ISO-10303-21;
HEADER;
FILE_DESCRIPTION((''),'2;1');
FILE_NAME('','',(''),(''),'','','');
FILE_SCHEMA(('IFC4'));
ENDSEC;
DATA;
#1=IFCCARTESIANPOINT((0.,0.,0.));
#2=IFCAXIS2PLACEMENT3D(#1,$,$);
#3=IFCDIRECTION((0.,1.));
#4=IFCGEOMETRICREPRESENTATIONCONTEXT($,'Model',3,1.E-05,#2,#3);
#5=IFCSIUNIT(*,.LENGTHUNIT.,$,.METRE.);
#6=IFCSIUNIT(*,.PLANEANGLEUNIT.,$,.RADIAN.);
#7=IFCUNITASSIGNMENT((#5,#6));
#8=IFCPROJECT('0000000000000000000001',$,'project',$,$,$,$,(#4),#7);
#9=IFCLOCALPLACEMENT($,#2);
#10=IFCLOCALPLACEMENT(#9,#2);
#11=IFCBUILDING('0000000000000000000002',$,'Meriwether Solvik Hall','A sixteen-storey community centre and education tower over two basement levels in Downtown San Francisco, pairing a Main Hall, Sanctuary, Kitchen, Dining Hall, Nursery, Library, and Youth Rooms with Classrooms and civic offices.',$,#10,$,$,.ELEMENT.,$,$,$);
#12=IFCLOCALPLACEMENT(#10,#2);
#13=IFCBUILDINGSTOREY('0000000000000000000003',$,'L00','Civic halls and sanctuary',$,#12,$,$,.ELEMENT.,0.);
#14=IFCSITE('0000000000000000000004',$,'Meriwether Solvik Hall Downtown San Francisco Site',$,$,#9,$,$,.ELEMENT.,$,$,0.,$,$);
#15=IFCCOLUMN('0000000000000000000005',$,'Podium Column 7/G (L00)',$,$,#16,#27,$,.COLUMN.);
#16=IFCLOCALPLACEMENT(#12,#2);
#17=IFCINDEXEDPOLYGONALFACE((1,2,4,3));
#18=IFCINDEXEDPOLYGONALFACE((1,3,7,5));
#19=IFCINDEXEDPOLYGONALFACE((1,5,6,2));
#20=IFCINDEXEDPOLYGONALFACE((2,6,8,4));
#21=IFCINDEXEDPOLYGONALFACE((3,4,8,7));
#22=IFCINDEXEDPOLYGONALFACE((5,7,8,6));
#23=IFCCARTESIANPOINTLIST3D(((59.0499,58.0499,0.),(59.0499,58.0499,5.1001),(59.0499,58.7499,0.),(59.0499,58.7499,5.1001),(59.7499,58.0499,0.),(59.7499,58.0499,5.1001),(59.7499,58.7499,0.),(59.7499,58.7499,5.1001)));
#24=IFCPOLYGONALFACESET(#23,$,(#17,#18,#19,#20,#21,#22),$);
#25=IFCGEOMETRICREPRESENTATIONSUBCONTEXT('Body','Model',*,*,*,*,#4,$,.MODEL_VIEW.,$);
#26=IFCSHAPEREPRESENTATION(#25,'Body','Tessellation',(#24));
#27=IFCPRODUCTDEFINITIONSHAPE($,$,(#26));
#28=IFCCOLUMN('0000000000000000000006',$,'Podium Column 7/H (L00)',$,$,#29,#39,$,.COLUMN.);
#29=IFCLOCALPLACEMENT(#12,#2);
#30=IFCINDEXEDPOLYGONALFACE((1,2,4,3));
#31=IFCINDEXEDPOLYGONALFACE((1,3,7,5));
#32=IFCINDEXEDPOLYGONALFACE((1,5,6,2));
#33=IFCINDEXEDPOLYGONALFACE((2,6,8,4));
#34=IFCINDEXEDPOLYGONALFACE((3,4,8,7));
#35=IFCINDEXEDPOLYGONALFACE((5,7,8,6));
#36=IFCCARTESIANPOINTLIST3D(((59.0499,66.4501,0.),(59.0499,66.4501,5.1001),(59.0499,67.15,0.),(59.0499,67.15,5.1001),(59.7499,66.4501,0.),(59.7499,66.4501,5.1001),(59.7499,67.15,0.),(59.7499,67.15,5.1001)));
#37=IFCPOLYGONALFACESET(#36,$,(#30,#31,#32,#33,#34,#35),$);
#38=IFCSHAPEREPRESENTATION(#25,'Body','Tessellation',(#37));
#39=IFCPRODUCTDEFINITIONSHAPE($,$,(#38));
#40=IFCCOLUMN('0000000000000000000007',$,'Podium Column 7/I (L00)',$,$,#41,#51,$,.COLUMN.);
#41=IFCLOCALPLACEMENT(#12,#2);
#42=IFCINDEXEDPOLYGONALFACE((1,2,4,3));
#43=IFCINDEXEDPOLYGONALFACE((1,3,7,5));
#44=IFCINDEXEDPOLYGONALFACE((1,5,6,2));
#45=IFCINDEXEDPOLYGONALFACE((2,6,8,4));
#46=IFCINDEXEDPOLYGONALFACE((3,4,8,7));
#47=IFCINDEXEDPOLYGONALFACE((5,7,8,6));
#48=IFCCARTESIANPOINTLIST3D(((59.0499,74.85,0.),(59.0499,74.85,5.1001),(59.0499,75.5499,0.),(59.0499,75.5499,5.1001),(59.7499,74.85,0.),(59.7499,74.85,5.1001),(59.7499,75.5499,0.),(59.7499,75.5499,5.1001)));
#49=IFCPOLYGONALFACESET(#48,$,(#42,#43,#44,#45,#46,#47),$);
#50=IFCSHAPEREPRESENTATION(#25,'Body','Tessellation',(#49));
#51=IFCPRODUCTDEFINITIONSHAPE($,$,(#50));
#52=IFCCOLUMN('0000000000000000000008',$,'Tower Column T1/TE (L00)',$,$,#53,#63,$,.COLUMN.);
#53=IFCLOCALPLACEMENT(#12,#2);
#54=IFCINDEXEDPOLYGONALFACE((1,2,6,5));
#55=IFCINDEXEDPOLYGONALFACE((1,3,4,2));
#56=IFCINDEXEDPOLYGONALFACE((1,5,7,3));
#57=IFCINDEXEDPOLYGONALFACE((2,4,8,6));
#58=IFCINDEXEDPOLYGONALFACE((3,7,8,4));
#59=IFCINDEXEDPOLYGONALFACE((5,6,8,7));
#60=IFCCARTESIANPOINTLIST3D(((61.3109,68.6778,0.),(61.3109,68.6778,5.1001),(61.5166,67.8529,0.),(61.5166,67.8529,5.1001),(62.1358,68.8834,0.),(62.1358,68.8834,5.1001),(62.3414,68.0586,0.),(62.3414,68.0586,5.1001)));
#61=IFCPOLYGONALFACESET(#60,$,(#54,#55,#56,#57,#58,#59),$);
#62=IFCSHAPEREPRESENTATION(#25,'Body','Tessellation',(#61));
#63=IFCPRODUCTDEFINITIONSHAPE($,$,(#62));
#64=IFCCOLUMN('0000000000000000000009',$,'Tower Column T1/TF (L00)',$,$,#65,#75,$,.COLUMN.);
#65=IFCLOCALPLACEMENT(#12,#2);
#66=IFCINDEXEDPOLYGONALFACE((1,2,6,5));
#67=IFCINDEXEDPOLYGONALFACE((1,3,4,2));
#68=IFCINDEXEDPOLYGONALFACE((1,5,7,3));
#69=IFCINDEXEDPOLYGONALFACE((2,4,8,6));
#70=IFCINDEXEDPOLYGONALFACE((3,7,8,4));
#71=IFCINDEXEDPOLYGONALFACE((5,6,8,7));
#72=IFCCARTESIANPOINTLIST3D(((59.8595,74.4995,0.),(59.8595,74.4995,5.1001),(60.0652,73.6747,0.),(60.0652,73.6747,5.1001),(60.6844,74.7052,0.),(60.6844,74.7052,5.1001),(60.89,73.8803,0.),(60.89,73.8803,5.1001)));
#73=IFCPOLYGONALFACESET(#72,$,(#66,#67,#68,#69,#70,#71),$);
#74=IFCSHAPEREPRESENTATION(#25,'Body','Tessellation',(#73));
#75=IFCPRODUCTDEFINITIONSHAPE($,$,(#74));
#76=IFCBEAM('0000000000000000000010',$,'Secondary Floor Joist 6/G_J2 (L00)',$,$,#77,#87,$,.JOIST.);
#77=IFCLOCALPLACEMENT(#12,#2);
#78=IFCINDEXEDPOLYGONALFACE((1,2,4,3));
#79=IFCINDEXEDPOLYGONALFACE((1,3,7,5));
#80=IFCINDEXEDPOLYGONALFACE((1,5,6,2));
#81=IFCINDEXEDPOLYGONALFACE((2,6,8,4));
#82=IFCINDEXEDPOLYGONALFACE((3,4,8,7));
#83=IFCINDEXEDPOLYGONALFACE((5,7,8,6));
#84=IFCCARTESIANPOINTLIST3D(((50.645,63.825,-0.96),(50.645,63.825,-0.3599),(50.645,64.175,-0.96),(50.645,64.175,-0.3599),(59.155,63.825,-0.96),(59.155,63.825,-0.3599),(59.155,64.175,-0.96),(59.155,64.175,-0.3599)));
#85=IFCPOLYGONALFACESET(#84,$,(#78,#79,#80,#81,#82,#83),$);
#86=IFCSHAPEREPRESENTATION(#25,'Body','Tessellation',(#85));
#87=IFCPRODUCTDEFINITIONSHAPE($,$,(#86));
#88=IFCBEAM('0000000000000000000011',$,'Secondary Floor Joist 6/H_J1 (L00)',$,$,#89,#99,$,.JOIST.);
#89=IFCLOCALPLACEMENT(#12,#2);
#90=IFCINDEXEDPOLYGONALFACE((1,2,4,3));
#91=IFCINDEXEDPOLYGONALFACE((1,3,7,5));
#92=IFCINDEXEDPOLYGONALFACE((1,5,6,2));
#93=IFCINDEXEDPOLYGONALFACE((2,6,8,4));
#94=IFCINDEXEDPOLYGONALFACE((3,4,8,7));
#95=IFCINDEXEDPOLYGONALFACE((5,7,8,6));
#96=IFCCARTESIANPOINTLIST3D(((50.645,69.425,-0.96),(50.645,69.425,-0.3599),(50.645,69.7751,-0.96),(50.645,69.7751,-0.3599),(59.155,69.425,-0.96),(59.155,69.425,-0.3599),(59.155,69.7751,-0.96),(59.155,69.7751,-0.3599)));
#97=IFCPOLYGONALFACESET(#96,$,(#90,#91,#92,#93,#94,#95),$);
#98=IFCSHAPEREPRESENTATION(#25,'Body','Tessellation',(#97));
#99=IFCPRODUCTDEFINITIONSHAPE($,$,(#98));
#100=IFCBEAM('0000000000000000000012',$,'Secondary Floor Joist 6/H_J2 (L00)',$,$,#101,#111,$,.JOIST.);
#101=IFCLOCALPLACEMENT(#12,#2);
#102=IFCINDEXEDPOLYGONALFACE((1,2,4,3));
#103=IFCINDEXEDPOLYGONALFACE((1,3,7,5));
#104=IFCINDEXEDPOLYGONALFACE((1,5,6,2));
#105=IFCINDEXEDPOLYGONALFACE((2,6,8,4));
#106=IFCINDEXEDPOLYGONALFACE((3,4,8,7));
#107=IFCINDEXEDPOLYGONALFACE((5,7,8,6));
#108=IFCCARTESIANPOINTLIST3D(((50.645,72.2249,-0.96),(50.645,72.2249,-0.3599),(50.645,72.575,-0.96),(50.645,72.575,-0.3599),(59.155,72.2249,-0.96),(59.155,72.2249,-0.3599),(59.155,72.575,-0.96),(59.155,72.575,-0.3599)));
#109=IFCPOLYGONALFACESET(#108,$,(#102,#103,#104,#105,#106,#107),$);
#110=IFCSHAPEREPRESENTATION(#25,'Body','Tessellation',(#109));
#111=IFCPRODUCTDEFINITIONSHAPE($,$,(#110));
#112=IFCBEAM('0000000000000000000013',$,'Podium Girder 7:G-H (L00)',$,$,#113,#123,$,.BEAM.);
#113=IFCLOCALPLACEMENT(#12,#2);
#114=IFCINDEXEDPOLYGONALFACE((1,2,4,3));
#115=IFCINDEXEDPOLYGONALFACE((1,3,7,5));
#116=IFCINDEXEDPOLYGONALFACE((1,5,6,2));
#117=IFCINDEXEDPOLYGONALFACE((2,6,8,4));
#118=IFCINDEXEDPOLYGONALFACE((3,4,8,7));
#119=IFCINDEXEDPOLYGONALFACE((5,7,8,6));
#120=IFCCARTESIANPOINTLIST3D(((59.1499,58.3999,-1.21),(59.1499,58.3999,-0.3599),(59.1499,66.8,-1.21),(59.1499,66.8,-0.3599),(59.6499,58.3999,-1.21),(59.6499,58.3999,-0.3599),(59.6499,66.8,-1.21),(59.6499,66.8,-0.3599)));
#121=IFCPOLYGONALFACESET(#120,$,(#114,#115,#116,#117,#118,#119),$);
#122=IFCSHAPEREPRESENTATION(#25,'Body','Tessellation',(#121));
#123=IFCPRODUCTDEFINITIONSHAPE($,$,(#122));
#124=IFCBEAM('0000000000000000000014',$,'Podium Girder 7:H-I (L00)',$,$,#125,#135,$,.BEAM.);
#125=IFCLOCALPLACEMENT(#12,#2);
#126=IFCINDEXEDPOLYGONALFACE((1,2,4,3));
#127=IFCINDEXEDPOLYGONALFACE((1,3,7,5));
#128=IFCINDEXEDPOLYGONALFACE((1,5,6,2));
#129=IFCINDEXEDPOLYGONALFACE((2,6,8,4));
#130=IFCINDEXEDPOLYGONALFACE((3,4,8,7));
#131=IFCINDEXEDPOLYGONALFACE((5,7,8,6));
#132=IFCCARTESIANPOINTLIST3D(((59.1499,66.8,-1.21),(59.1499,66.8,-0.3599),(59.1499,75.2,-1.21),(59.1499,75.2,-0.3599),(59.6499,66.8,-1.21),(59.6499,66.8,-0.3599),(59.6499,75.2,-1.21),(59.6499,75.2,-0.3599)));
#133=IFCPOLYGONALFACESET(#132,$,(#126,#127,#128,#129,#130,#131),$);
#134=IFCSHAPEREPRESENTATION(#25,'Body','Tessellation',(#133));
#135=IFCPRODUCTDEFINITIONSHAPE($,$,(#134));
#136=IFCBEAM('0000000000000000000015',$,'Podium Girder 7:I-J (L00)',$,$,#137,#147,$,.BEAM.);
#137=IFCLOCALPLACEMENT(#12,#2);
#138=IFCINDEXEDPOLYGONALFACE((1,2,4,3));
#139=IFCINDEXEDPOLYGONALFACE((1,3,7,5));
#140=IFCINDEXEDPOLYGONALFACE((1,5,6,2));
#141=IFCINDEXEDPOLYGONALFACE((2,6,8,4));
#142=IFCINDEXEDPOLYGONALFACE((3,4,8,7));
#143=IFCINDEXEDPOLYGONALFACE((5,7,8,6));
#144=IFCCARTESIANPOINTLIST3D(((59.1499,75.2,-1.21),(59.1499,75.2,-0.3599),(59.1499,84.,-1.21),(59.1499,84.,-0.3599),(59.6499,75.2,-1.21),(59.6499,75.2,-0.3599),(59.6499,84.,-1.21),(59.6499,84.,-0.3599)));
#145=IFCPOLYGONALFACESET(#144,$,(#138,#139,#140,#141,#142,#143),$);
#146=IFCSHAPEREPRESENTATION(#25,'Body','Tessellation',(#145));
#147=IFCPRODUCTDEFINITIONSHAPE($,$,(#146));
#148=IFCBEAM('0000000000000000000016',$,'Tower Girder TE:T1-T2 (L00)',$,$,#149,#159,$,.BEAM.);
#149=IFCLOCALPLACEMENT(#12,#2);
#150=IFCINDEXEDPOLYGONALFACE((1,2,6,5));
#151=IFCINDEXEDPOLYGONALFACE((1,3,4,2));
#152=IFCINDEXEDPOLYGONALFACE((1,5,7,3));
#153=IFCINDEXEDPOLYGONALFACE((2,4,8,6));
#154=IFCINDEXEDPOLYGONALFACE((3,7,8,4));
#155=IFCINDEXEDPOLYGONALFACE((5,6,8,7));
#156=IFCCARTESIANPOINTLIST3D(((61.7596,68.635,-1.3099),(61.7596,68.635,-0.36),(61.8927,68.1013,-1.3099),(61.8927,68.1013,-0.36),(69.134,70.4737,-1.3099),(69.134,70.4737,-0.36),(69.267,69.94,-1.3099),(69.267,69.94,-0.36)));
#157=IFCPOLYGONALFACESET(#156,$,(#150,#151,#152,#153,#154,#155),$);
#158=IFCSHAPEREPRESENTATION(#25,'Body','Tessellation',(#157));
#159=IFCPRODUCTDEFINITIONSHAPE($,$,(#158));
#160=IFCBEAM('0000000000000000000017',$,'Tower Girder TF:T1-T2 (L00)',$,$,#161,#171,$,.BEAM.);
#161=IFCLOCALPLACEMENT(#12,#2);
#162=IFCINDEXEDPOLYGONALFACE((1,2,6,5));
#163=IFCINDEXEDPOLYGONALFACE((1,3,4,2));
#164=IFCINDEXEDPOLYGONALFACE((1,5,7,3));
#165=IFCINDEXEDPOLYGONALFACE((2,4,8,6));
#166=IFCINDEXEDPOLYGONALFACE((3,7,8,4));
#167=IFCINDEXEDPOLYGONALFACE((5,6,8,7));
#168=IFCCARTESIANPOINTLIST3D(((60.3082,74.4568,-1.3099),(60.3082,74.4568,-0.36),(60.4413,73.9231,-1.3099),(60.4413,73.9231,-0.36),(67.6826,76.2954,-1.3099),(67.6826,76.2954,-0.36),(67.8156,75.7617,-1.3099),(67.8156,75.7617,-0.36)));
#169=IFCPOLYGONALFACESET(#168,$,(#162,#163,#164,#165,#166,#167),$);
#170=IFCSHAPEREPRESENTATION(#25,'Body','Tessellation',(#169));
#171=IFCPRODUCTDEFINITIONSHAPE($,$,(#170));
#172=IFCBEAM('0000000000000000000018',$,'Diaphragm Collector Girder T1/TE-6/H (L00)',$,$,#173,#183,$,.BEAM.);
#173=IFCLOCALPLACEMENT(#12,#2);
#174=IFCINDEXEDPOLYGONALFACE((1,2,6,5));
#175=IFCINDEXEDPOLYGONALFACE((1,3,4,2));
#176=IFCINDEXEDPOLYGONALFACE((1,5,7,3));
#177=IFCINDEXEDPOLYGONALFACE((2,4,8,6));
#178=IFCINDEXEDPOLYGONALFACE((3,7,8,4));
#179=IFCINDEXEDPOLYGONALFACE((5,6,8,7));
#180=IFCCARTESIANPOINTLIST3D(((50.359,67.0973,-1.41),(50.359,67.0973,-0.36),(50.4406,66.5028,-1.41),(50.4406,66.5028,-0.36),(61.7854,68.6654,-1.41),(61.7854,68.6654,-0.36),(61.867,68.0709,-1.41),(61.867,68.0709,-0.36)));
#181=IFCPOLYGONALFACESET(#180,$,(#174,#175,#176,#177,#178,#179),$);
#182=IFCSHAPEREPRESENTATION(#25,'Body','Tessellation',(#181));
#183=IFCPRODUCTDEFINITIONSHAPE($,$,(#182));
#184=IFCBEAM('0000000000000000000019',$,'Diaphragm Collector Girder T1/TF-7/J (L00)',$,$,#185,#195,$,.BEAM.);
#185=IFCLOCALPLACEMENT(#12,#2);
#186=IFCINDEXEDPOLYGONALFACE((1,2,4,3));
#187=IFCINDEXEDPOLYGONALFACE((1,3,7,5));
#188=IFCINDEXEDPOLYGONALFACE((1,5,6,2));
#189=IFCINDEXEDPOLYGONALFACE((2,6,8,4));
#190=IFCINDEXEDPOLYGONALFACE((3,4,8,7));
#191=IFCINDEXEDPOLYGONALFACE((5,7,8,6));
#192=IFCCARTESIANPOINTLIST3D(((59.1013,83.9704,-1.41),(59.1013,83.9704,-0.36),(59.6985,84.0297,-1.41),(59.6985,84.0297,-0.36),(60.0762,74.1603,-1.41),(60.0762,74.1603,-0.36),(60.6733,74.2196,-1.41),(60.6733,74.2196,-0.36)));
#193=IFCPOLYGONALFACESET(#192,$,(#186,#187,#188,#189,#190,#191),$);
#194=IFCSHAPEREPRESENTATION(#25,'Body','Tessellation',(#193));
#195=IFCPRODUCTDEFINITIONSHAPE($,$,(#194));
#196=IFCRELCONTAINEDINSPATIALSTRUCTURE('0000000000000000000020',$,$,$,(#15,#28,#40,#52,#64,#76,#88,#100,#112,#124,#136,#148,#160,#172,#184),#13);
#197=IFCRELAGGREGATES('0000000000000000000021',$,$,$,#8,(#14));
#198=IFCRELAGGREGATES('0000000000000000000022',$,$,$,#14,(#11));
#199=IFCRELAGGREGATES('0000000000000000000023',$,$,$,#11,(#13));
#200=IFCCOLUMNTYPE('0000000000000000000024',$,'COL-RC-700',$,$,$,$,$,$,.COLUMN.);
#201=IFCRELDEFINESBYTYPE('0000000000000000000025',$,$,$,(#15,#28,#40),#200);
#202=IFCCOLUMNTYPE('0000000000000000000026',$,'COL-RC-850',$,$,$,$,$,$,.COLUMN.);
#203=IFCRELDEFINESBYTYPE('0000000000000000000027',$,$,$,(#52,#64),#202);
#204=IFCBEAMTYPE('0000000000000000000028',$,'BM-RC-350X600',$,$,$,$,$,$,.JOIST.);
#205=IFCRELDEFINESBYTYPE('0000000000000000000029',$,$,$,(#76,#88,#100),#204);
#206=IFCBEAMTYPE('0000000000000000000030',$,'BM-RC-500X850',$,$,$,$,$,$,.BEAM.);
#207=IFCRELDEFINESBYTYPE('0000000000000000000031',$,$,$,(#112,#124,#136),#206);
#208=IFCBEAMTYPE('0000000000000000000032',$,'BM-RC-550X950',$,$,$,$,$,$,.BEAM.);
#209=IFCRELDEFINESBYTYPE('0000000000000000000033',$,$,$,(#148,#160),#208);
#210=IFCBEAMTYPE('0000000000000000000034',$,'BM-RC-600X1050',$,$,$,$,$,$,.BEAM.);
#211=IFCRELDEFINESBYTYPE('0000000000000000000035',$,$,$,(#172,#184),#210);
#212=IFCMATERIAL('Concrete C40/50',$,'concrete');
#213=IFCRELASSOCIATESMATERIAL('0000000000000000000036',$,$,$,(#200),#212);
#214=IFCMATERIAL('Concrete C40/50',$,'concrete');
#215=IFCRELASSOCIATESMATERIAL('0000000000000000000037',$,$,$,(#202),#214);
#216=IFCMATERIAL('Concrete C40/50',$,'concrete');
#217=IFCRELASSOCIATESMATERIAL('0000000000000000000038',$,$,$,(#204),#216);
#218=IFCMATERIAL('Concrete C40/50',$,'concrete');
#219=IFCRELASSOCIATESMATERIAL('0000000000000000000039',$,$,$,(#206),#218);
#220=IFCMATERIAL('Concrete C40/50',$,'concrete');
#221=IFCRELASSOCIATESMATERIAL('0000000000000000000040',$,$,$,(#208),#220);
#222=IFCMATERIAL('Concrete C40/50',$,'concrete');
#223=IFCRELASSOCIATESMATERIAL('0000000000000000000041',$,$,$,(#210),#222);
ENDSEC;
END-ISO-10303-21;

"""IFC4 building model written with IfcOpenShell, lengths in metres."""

from ifc_helpers import new_model, si_unit, direction, frame, origin, origin_2d, place, context, subcontext, project, spatial, rectangle, extrude, material, material_profile, profile_set, type_object, element, save


model = new_model("IFC4")

# Units and contexts
model_context = context("Model", 3, precision=1e-05, world=origin(), true_north=direction((0.0, 1.0)))
body_context = subcontext(model_context, "Body", "Model", "MODEL_VIEW")
ifc_project = project(units=[si_unit("LENGTHUNIT", "METRE"), si_unit("PLANEANGLEUNIT", "RADIAN")], contexts=[model_context])

# Site, building, storey
site_placement = place(None, origin())
site = spatial("IfcSite", under=ifc_project, at=site_placement, Name="Meriwether Solvik Hall Downtown San Francisco Site", CompositionType="ELEMENT", RefElevation=0.0)
building_placement = place(site_placement, origin())
building = spatial("IfcBuilding", under=site, at=building_placement, Name="Meriwether Solvik Hall", Description="A sixteen-storey community centre and education tower over two basement levels in Downtown San Francisco, pairing a Main Hall, Sanctuary, Kitchen, Dining Hall, Nursery, Library, and Youth Rooms with Classrooms and civic offices.", CompositionType="ELEMENT")
storey_placement = place(building_placement, origin())
storey = spatial("IfcBuildingStorey", under=building, at=storey_placement, Name="L00", Description="Civic halls and sanctuary", CompositionType="ELEMENT", Elevation=0.0)

# Columns
ifc_material_1 = material(Name="Concrete C40/50", Category="concrete")
ifc_material_profile_1 = material_profile(ifc_material_1, rectangle(XDim=0.7, YDim=0.7, at=origin_2d()), Name="RCC-700X700")
ifc_profile_set_1 = profile_set([ifc_material_profile_1], Name="Concrete C40/50")
column_type_1 = type_object("IfcColumnType", Name="COL-RC-700", PredefinedType="COLUMN", material=ifc_profile_set_1)
for number, where, z_axis, x_axis, name in (
    (1, (59.3999, 58.3999, 0.0), (0.0, 0.0, 1.0), (1.0, 0.0, 0.0), "Podium Column 7/G (L00)"),
    (2, (59.3999, 66.8, 0.0), (0.0, 0.0, 1.0), (1.0, 0.0, 0.0), "Podium Column 7/H (L00)"),
    (3, (59.3999, 75.2, 0.0), (0.0, 0.0, 1.0), (1.0, 0.0, 0.0), "Podium Column 7/I (L00)"),
):
    element("IfcColumn", number, at=place(storey_placement, frame(where, z_axis=z_axis, x_axis=x_axis)), inside=storey, type_object=column_type_1, Name=name, PredefinedType="COLUMN", context=body_context, shape_type="SweptSolid", body=[
        extrude(rectangle(XDim=0.7, YDim=0.7, at=origin_2d()), origin(), (0.0, 0.0, 1.0), 5.1001),
    ])
ifc_material_2 = material(Name="Concrete C40/50", Category="concrete")
ifc_material_profile_2 = material_profile(ifc_material_2, rectangle(XDim=0.8501, YDim=0.8501, at=origin_2d()), Name="RCC-850X850")
ifc_profile_set_2 = profile_set([ifc_material_profile_2], Name="Concrete C40/50")
column_type_2 = type_object("IfcColumnType", Name="COL-RC-850", PredefinedType="COLUMN", material=ifc_profile_set_2)
for number, where, z_axis, x_axis, name in (
    (4, (61.8262, 68.3682, 0.0), (0.0, 0.0, 1.0), (0.970296, 0.241922, 0.0), "Tower Column T1/TE (L00)"),
    (5, (60.3748, 74.1899, 0.0), (0.0, 0.0, 1.0), (0.970296, 0.241922, 0.0), "Tower Column T1/TF (L00)"),
):
    element("IfcColumn", number, at=place(storey_placement, frame(where, z_axis=z_axis, x_axis=x_axis)), inside=storey, type_object=column_type_2, Name=name, PredefinedType="COLUMN", context=body_context, shape_type="SweptSolid", body=[
        extrude(rectangle(XDim=0.8501, YDim=0.8501, at=origin_2d()), origin(), (0.0, 0.0, 1.0), 5.1001),
    ])

# Beams
ifc_material_3 = material(Name="Concrete C40/50", Category="concrete")
ifc_material_profile_3 = material_profile(ifc_material_3, rectangle(XDim=0.3501, YDim=0.6001, at=origin_2d()), Name="RCB-350X600")
ifc_profile_set_3 = profile_set([ifc_material_profile_3], Name="Concrete C40/50")
beam_type_1 = type_object("IfcBeamType", Name="BM-RC-350X600", PredefinedType="JOIST", material=ifc_profile_set_3)
for number, where, z_axis, x_axis, name in (
    (6, (50.645, 64.0, -0.6599), (1.0, 0.0, 0.0), (0.0, 1.0, 0.0), "Secondary Floor Joist 6/G_J2 (L00)"),
    (7, (50.645, 69.6001, -0.6599), (1.0, 0.0, 0.0), (0.0, 1.0, 0.0), "Secondary Floor Joist 6/H_J1 (L00)"),
    (8, (50.645, 72.3999, -0.6599), (1.0, 0.0, 0.0), (0.0, 1.0, 0.0), "Secondary Floor Joist 6/H_J2 (L00)"),
):
    element("IfcBeam", number, at=place(storey_placement, frame(where, z_axis=z_axis, x_axis=x_axis)), inside=storey, type_object=beam_type_1, Name=name, PredefinedType="JOIST", context=body_context, shape_type="SweptSolid", body=[
        extrude(rectangle(XDim=0.3501, YDim=0.6001, at=origin_2d()), origin(), (0.0, 0.0, 1.0), 8.51),
    ])
ifc_material_4 = material(Name="Concrete C40/50", Category="concrete")
ifc_material_profile_4 = material_profile(ifc_material_4, rectangle(XDim=0.5, YDim=0.8501, at=origin_2d()), Name="RCB-500X850")
ifc_profile_set_4 = profile_set([ifc_material_profile_4], Name="Concrete C40/50")
beam_type_2 = type_object("IfcBeamType", Name="BM-RC-500X850", PredefinedType="BEAM", material=ifc_profile_set_4)
beam_1_placement = place(storey_placement, frame((59.3999, 58.3999, -0.7849), z_axis=(0.0, 1.0, 0.0), x_axis=(-1.0, 0.0, 0.0)))
element("IfcBeam", 9, at=beam_1_placement, inside=storey, type_object=beam_type_2, Name="Podium Girder 7:G-H (L00)", PredefinedType="BEAM", context=body_context, shape_type="SweptSolid", body=[
    extrude(rectangle(XDim=0.5, YDim=0.8501, at=origin_2d()), origin(), (0.0, 0.0, 1.0), 8.4001),
])
beam_2_placement = place(storey_placement, frame((59.3999, 66.8, -0.7849), z_axis=(0.0, 1.0, 0.0), x_axis=(-1.0, 0.0, 0.0)))
element("IfcBeam", 10, at=beam_2_placement, inside=storey, type_object=beam_type_2, Name="Podium Girder 7:H-I (L00)", PredefinedType="BEAM", context=body_context, shape_type="SweptSolid", body=[
    extrude(rectangle(XDim=0.5, YDim=0.8501, at=origin_2d()), origin(), (0.0, 0.0, 1.0), 8.3999),
])
beam_3_placement = place(storey_placement, frame((59.3999, 75.2, -0.7849), z_axis=(0.0, 1.0, 0.0), x_axis=(-1.0, 0.0, 0.0)))
element("IfcBeam", 11, at=beam_3_placement, inside=storey, type_object=beam_type_2, Name="Podium Girder 7:I-J (L00)", PredefinedType="BEAM", context=body_context, shape_type="SweptSolid", body=[
    extrude(rectangle(XDim=0.5, YDim=0.8501, at=origin_2d()), origin(), (0.0, 0.0, 1.0), 8.8),
])
ifc_material_5 = material(Name="Concrete C40/50", Category="concrete")
ifc_material_profile_5 = material_profile(ifc_material_5, rectangle(XDim=0.55, YDim=0.95, at=origin_2d()), Name="RCB-550X950")
ifc_profile_set_5 = profile_set([ifc_material_profile_5], Name="Concrete C40/50")
beam_type_3 = type_object("IfcBeamType", Name="BM-RC-550X950", PredefinedType="BEAM", material=ifc_profile_set_5)
for number, where, z_axis, x_axis, name in (
    (12, (61.8262, 68.3682, -0.835), (0.970295, 0.241923, 0.0), (-0.241923, 0.970295, 0.0), "Tower Girder TE:T1-T2 (L00)"),
    (13, (60.3748, 74.1899, -0.835), (0.970295, 0.241923, 0.0), (-0.241923, 0.970295, 0.0), "Tower Girder TF:T1-T2 (L00)"),
):
    element("IfcBeam", number, at=place(storey_placement, frame(where, z_axis=z_axis, x_axis=x_axis)), inside=storey, type_object=beam_type_3, Name=name, PredefinedType="BEAM", context=body_context, shape_type="SweptSolid", body=[
        extrude(rectangle(XDim=0.55, YDim=0.95, at=origin_2d()), origin(), (0.0, 0.0, 1.0), 7.6001),
    ])
ifc_material_6 = material(Name="Concrete C40/50", Category="concrete")
ifc_material_profile_6 = material_profile(ifc_material_6, rectangle(XDim=0.6001, YDim=1.05, at=origin_2d()), Name="RCB-600X1050")
ifc_profile_set_6 = profile_set([ifc_material_profile_6], Name="Concrete C40/50")
beam_type_4 = type_object("IfcBeamType", Name="BM-RC-600X1050", PredefinedType="BEAM", material=ifc_profile_set_6)
beam_4_placement = place(storey_placement, frame((61.8262, 68.3682, -0.885), z_axis=(-0.990714, -0.135963, 0.0), x_axis=(0.135963, -0.990714, 0.0)))
element("IfcBeam", 14, at=beam_4_placement, inside=storey, type_object=beam_type_4, Name="Diaphragm Collector Girder T1/TE-6/H (L00)", PredefinedType="BEAM", context=body_context, shape_type="SweptSolid", body=[
    extrude(rectangle(XDim=0.6001, YDim=1.05, at=origin_2d()), origin(), (0.0, 0.0, 1.0), 11.5334),
])
beam_5_placement = place(storey_placement, frame((60.3748, 74.1899, -0.885), z_axis=(-0.098886, 0.995099, 0.0), x_axis=(-0.995099, -0.098886, 0.0)))
element("IfcBeam", 15, at=beam_5_placement, inside=storey, type_object=beam_type_4, Name="Diaphragm Collector Girder T1/TF-7/J (L00)", PredefinedType="BEAM", context=body_context, shape_type="SweptSolid", body=[
    extrude(rectangle(XDim=0.6001, YDim=1.05, at=origin_2d()), origin(), (0.0, 0.0, 1.0), 9.8584),
])

save(model, "model.ifc")
